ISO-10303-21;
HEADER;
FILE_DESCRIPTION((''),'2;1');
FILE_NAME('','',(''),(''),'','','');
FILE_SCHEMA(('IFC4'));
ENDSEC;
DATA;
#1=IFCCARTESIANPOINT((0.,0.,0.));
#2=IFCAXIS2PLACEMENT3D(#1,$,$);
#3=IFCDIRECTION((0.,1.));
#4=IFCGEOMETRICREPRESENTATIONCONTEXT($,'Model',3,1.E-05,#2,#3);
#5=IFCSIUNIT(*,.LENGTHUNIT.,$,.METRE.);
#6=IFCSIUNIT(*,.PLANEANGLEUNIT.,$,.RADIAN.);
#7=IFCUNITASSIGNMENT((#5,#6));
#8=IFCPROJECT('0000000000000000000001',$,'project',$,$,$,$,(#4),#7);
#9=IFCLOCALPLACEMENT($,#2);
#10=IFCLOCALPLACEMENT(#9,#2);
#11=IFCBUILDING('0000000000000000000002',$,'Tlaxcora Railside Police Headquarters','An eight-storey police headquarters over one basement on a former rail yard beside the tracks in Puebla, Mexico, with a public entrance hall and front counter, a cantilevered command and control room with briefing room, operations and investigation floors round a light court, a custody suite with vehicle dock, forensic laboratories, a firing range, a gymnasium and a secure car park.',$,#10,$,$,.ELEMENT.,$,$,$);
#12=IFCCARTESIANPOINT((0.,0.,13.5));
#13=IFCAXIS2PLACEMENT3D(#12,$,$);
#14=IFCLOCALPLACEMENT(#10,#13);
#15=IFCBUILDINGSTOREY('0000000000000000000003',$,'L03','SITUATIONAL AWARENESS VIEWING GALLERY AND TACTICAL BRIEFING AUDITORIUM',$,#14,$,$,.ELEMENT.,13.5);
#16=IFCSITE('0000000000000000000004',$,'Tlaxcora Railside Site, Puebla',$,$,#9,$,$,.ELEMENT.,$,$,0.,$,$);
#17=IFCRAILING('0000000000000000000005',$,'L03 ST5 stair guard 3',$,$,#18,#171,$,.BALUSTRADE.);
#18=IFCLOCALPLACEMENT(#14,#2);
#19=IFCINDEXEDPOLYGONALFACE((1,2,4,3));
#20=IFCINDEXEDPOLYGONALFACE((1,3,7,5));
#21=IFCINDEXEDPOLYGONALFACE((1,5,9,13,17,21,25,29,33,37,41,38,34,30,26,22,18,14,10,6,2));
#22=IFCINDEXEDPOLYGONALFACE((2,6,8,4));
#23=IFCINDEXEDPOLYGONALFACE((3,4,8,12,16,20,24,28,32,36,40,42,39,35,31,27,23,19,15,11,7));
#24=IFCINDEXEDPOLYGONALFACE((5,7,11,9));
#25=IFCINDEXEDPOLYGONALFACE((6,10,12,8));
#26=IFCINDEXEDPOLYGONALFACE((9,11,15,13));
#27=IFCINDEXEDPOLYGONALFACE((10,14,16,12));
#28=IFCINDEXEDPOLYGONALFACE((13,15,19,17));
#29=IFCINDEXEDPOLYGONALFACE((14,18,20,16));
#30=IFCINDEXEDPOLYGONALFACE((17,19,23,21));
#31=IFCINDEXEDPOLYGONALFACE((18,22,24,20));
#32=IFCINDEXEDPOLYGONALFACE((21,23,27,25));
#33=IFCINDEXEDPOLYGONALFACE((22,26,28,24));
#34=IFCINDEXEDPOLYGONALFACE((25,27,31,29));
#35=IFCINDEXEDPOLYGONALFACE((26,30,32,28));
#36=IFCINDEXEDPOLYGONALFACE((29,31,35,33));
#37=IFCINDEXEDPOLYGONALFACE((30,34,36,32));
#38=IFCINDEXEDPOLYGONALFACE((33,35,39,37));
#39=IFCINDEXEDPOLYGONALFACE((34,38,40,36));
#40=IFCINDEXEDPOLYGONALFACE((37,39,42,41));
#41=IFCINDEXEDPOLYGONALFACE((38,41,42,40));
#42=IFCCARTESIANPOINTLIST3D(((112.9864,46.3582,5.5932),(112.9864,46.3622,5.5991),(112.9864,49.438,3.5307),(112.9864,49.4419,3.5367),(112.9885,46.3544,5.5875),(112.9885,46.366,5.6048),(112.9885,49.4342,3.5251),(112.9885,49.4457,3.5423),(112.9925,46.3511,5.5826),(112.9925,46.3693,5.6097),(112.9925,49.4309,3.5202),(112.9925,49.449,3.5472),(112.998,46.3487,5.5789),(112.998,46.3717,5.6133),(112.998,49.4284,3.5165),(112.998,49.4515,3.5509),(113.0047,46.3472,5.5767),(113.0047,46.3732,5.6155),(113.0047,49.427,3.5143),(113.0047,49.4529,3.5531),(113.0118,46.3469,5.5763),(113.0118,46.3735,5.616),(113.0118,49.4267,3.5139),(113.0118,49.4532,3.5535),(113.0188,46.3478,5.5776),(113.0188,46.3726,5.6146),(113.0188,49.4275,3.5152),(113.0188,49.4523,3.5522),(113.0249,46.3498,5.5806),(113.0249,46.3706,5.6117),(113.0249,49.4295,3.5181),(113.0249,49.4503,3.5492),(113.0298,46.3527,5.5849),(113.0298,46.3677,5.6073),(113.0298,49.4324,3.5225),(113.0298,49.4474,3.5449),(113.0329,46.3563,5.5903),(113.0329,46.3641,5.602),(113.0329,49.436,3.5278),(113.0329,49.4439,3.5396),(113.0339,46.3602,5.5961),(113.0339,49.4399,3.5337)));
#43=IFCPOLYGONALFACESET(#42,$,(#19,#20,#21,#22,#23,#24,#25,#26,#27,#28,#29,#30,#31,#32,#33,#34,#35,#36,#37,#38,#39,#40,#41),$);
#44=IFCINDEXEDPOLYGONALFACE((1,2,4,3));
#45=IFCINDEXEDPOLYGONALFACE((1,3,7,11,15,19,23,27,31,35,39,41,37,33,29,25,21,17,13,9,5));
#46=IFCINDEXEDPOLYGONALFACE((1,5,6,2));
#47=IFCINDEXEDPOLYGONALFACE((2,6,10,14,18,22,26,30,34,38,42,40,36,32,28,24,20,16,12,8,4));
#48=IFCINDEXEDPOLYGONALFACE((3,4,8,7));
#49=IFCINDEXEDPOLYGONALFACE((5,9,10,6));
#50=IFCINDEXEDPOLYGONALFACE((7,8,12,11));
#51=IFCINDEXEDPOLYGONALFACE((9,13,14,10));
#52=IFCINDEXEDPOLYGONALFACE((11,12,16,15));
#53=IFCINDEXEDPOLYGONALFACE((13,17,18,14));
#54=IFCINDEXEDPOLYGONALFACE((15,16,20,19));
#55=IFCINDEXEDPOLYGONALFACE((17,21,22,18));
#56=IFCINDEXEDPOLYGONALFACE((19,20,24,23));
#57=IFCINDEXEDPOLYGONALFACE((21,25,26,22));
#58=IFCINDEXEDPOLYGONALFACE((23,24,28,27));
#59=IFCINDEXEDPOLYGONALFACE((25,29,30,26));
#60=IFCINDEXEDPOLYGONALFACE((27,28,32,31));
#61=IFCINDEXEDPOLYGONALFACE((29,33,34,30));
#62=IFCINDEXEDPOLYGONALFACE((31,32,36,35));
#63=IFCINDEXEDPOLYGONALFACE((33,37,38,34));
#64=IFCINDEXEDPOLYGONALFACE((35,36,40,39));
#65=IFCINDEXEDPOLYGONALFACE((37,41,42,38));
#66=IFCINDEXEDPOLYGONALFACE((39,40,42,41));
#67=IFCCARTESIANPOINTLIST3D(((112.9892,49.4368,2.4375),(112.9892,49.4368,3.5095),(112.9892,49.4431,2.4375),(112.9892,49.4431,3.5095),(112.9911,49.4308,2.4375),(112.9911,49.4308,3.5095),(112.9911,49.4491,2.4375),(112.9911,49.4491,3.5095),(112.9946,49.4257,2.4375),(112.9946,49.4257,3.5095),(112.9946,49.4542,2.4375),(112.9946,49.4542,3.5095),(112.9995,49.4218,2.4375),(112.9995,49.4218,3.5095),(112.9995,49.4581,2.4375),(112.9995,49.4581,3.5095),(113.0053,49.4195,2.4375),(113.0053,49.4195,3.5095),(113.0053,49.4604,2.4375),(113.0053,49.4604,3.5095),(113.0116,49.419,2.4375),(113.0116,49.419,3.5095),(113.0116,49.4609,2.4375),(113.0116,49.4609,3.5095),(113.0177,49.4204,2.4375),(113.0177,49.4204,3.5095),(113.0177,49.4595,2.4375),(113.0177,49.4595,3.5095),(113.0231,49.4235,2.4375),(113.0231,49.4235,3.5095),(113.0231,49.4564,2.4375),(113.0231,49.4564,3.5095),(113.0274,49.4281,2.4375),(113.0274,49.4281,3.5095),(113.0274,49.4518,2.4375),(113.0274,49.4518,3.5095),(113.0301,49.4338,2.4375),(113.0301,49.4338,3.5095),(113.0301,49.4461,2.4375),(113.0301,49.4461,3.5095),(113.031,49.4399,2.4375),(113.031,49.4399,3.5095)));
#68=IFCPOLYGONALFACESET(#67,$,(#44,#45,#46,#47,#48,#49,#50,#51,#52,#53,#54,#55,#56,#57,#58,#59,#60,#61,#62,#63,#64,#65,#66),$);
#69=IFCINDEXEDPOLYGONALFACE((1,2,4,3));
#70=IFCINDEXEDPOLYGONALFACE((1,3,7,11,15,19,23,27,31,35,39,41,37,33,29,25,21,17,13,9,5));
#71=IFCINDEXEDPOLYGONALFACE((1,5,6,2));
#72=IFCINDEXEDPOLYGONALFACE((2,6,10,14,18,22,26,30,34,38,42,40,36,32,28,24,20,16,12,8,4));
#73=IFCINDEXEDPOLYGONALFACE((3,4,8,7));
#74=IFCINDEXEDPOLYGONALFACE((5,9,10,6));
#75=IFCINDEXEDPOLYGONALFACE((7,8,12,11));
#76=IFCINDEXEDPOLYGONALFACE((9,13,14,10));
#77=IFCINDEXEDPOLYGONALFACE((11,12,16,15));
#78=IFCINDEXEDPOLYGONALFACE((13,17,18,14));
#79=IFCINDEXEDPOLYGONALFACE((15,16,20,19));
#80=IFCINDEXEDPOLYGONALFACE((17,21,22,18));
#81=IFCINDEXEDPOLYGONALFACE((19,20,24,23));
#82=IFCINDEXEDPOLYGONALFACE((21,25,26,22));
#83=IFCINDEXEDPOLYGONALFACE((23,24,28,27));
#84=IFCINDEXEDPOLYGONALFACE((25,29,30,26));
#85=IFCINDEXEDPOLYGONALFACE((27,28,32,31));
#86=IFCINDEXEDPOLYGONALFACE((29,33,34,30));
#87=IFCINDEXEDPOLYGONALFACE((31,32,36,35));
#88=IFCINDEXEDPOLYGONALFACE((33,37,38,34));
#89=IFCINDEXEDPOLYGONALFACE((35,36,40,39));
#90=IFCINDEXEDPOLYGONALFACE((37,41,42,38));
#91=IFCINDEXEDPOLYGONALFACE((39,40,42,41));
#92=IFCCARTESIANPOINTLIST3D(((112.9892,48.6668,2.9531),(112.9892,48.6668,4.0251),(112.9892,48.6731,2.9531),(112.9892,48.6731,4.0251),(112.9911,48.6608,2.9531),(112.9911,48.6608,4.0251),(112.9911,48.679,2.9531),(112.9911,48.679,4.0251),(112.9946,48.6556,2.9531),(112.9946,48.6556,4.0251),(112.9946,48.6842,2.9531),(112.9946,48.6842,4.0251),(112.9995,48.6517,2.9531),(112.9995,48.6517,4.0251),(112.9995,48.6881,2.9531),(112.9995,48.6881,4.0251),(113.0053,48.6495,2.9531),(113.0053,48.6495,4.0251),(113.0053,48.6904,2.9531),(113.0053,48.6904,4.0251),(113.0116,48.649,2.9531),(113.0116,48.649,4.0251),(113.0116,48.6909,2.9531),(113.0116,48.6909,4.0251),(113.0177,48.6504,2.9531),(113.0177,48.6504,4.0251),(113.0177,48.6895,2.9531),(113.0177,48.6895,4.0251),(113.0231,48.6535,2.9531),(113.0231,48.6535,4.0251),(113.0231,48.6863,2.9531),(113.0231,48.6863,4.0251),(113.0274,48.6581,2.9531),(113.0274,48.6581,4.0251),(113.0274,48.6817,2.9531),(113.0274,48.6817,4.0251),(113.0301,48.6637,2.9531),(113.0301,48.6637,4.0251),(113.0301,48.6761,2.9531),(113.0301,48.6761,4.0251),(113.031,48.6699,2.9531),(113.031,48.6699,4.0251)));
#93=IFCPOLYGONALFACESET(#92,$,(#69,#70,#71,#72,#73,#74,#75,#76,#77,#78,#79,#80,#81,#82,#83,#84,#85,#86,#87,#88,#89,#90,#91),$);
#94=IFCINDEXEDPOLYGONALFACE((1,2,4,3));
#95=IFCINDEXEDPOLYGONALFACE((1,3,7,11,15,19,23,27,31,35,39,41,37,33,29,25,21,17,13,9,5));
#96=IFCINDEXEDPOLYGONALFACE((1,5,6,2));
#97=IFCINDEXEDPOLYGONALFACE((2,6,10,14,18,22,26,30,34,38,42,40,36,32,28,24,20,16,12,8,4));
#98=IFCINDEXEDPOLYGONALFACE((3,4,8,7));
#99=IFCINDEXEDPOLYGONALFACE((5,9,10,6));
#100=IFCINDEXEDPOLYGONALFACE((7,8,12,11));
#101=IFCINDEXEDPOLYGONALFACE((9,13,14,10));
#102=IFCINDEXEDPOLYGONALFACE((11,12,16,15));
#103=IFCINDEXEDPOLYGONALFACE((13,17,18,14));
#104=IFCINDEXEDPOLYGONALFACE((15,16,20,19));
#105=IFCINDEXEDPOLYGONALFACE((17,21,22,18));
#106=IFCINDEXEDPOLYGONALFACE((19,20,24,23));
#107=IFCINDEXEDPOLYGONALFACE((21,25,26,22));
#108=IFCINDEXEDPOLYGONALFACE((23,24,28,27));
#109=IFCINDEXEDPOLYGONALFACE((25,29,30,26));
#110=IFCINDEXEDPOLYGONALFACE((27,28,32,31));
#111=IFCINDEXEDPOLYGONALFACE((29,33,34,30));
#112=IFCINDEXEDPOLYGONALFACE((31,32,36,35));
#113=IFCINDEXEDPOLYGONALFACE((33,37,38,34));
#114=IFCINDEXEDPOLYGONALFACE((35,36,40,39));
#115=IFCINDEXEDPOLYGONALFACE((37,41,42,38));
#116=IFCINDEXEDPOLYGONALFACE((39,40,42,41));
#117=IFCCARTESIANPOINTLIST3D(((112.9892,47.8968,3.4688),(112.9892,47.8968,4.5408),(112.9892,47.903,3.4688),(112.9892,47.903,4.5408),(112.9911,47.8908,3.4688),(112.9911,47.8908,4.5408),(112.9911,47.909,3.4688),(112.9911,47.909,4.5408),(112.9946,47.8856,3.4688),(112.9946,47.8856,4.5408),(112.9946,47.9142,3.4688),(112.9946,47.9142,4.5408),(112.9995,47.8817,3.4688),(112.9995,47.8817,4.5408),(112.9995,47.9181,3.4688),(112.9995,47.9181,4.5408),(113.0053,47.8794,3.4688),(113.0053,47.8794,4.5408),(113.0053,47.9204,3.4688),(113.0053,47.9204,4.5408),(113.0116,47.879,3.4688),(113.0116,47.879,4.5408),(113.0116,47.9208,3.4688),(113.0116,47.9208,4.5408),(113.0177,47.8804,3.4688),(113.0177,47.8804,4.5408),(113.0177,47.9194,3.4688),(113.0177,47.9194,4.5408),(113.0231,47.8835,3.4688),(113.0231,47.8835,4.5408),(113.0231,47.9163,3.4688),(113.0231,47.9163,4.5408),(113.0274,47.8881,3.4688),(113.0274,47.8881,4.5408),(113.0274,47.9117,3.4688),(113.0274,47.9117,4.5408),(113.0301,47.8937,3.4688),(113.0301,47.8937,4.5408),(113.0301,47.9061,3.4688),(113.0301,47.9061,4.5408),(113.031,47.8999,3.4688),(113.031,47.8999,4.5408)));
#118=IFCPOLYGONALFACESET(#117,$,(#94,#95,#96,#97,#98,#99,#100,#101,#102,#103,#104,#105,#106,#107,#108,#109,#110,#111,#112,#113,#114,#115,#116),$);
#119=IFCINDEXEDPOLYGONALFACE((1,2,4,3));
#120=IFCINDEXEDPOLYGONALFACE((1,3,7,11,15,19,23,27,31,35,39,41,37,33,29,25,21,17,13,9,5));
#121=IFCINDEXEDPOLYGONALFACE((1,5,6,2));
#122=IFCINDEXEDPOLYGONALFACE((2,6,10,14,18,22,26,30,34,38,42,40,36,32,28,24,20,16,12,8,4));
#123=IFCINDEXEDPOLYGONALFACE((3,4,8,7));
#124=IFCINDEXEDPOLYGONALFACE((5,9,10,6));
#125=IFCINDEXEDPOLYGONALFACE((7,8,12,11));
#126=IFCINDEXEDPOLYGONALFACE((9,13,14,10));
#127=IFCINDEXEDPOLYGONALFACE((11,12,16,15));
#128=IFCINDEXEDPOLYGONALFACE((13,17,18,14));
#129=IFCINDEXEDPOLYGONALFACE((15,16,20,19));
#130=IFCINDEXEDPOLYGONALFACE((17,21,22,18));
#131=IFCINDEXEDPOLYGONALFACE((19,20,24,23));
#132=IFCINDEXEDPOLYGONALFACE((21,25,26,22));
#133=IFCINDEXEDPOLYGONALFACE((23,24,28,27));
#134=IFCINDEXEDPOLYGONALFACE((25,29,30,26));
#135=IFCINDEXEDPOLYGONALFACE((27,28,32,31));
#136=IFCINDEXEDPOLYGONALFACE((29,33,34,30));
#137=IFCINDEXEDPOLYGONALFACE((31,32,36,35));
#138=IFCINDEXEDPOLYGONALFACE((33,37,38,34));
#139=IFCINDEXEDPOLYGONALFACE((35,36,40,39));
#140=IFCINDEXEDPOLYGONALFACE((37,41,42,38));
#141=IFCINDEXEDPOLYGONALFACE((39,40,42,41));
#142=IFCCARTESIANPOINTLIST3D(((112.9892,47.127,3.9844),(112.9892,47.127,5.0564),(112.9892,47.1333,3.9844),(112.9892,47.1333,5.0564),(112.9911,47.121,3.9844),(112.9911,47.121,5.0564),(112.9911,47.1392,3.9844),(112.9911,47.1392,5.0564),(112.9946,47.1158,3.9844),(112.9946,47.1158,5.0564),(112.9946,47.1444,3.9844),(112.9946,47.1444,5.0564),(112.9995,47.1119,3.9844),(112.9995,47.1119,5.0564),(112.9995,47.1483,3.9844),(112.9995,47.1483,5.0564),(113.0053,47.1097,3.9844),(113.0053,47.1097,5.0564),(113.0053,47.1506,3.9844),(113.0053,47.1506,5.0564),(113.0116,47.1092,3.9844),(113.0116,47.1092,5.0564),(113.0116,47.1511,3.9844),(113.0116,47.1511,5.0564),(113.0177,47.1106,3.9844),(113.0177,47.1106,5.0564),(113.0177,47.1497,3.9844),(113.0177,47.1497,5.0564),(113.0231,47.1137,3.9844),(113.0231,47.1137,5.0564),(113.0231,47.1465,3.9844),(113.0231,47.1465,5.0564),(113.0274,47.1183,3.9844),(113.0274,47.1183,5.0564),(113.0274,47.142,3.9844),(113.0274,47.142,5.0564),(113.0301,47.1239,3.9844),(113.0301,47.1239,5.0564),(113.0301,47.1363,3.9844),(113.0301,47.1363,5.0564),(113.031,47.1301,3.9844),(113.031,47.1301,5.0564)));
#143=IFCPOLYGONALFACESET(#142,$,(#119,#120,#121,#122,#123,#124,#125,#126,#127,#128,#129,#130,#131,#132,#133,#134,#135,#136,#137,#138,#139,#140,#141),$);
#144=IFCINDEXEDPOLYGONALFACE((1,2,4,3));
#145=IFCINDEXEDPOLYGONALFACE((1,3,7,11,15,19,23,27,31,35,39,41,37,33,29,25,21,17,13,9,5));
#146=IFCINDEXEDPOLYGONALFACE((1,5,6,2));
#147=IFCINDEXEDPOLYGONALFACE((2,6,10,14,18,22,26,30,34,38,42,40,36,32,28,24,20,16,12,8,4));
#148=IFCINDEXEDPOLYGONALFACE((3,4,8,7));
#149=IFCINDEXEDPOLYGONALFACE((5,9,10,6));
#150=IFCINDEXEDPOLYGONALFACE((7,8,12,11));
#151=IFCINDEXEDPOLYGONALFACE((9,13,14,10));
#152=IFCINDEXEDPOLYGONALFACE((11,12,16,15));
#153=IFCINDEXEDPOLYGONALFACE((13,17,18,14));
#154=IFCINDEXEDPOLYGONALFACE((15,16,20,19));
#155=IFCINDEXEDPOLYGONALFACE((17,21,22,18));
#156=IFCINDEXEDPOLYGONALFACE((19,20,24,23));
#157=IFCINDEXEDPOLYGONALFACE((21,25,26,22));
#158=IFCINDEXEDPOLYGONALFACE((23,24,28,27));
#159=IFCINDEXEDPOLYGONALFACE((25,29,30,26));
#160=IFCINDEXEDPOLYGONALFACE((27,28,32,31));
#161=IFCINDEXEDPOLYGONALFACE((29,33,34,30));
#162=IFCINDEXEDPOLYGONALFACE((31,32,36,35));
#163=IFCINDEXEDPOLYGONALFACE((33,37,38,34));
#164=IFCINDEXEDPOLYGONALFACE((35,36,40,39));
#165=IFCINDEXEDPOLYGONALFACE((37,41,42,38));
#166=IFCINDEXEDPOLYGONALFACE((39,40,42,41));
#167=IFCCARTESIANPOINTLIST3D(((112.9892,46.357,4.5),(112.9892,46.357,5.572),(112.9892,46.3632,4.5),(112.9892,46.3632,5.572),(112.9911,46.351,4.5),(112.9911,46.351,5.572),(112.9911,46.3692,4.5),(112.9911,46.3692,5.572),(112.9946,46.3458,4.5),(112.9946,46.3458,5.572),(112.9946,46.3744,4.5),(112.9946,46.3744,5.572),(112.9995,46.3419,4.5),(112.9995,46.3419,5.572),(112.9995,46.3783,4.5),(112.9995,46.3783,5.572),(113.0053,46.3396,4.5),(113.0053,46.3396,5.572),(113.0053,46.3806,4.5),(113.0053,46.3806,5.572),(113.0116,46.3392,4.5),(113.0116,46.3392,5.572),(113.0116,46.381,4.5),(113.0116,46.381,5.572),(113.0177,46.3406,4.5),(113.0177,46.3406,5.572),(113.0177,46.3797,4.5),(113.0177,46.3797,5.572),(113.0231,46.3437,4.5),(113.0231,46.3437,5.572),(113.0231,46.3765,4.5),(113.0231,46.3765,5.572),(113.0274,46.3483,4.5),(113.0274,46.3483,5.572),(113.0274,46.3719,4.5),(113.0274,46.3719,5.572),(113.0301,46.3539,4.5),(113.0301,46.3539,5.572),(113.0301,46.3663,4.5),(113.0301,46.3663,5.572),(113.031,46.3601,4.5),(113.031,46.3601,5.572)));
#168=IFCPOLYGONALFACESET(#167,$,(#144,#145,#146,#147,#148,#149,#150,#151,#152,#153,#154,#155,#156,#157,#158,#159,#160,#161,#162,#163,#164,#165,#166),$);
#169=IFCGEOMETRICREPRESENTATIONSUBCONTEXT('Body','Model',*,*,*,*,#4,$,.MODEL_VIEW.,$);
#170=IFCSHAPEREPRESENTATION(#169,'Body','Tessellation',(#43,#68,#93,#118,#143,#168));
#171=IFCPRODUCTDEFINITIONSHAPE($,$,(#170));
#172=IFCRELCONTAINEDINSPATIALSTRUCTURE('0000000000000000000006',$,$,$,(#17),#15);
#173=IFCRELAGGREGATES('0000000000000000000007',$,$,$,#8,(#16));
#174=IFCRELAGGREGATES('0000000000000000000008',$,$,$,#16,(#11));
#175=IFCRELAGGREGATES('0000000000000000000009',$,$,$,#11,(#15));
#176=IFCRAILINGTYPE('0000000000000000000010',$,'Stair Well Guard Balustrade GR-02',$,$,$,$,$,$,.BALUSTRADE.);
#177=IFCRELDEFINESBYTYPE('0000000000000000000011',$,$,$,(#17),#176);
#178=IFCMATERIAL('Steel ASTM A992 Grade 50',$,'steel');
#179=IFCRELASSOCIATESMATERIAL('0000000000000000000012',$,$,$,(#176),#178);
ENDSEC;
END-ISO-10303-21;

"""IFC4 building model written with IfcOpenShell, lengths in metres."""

from ifc_helpers import new_model, si_unit, direction, frame, origin, origin_2d, place, context, subcontext, project, spatial, circle, extrude, material, type_object, element, save


model = new_model("IFC4")

# Units and contexts
model_context = context("Model", 3, precision=1e-05, world=origin(), true_north=direction((0.0, 1.0)))
body_context = subcontext(model_context, "Body", "Model", "MODEL_VIEW")
ifc_project = project(units=[si_unit("LENGTHUNIT", "METRE"), si_unit("PLANEANGLEUNIT", "RADIAN")], contexts=[model_context])

# Site, building, storey
site_placement = place(None, origin())
site = spatial("IfcSite", under=ifc_project, at=site_placement, Name="Tlaxcora Railside Site, Puebla", CompositionType="ELEMENT", RefElevation=0.0)
building_placement = place(site_placement, origin())
building = spatial("IfcBuilding", under=site, at=building_placement, Name="Tlaxcora Railside Police Headquarters", Description="An eight-storey police headquarters over one basement on a former rail yard beside the tracks in Puebla, Mexico, with a public entrance hall and front counter, a cantilevered command and control room with briefing room, operations and investigation floors round a light court, a custody suite with vehicle dock, forensic laboratories, a firing range, a gymnasium and a secure car park.", CompositionType="ELEMENT")
storey_placement = place(building_placement, frame((0.0, 0.0, 13.5)))
storey = spatial("IfcBuildingStorey", under=building, at=storey_placement, Name="L03", Description="SITUATIONAL AWARENESS VIEWING GALLERY AND TACTICAL BRIEFING AUDITORIUM", CompositionType="ELEMENT", Elevation=13.5)

# Shared definitions
ifc_material_1 = material(Name="Steel ASTM A992 Grade 50", Category="steel")

# Railing
railing_type_1 = type_object("IfcRailingType", Name="Stair Well Guard Balustrade GR-02", PredefinedType="BALUSTRADE", material=ifc_material_1)
railing_1_placement = place(storey_placement, frame((113.01, 49.4399, 2.4375)))
element("IfcRailing", 1, at=railing_1_placement, inside=storey, type_object=railing_type_1, Name="L03 ST5 stair guard 3", PredefinedType="BALUSTRADE", context=body_context, shape_type="SweptSolid", body=[
    extrude(circle(Radius=0.0239, at=origin_2d()), frame((0.0, 0.0, 1.0962), z_axis=(0.0, -0.830893, 0.556432), x_axis=(1.0, 0.0, 0.0)), (0.0, 0.0, 1.0), 3.7065),
    extrude(circle(Radius=0.021, at=origin_2d()), origin(), (0.0, 0.0, 1.0), 1.072),
    extrude(circle(Radius=0.021, at=origin_2d()), frame((0.0, -0.77, 0.5156)), (0.0, 0.0, 1.0), 1.072),
    extrude(circle(Radius=0.021, at=origin_2d()), frame((0.0, -1.54, 1.0312)), (0.0, 0.0, 1.0), 1.072),
    extrude(circle(Radius=0.021, at=origin_2d()), frame((0.0, -2.3098, 1.5469)), (0.0, 0.0, 1.0), 1.072),
    extrude(circle(Radius=0.021, at=origin_2d()), frame((0.0, -3.0798, 2.0625)), (0.0, 0.0, 1.0), 1.072),
])

save(model, "model.ifc")
